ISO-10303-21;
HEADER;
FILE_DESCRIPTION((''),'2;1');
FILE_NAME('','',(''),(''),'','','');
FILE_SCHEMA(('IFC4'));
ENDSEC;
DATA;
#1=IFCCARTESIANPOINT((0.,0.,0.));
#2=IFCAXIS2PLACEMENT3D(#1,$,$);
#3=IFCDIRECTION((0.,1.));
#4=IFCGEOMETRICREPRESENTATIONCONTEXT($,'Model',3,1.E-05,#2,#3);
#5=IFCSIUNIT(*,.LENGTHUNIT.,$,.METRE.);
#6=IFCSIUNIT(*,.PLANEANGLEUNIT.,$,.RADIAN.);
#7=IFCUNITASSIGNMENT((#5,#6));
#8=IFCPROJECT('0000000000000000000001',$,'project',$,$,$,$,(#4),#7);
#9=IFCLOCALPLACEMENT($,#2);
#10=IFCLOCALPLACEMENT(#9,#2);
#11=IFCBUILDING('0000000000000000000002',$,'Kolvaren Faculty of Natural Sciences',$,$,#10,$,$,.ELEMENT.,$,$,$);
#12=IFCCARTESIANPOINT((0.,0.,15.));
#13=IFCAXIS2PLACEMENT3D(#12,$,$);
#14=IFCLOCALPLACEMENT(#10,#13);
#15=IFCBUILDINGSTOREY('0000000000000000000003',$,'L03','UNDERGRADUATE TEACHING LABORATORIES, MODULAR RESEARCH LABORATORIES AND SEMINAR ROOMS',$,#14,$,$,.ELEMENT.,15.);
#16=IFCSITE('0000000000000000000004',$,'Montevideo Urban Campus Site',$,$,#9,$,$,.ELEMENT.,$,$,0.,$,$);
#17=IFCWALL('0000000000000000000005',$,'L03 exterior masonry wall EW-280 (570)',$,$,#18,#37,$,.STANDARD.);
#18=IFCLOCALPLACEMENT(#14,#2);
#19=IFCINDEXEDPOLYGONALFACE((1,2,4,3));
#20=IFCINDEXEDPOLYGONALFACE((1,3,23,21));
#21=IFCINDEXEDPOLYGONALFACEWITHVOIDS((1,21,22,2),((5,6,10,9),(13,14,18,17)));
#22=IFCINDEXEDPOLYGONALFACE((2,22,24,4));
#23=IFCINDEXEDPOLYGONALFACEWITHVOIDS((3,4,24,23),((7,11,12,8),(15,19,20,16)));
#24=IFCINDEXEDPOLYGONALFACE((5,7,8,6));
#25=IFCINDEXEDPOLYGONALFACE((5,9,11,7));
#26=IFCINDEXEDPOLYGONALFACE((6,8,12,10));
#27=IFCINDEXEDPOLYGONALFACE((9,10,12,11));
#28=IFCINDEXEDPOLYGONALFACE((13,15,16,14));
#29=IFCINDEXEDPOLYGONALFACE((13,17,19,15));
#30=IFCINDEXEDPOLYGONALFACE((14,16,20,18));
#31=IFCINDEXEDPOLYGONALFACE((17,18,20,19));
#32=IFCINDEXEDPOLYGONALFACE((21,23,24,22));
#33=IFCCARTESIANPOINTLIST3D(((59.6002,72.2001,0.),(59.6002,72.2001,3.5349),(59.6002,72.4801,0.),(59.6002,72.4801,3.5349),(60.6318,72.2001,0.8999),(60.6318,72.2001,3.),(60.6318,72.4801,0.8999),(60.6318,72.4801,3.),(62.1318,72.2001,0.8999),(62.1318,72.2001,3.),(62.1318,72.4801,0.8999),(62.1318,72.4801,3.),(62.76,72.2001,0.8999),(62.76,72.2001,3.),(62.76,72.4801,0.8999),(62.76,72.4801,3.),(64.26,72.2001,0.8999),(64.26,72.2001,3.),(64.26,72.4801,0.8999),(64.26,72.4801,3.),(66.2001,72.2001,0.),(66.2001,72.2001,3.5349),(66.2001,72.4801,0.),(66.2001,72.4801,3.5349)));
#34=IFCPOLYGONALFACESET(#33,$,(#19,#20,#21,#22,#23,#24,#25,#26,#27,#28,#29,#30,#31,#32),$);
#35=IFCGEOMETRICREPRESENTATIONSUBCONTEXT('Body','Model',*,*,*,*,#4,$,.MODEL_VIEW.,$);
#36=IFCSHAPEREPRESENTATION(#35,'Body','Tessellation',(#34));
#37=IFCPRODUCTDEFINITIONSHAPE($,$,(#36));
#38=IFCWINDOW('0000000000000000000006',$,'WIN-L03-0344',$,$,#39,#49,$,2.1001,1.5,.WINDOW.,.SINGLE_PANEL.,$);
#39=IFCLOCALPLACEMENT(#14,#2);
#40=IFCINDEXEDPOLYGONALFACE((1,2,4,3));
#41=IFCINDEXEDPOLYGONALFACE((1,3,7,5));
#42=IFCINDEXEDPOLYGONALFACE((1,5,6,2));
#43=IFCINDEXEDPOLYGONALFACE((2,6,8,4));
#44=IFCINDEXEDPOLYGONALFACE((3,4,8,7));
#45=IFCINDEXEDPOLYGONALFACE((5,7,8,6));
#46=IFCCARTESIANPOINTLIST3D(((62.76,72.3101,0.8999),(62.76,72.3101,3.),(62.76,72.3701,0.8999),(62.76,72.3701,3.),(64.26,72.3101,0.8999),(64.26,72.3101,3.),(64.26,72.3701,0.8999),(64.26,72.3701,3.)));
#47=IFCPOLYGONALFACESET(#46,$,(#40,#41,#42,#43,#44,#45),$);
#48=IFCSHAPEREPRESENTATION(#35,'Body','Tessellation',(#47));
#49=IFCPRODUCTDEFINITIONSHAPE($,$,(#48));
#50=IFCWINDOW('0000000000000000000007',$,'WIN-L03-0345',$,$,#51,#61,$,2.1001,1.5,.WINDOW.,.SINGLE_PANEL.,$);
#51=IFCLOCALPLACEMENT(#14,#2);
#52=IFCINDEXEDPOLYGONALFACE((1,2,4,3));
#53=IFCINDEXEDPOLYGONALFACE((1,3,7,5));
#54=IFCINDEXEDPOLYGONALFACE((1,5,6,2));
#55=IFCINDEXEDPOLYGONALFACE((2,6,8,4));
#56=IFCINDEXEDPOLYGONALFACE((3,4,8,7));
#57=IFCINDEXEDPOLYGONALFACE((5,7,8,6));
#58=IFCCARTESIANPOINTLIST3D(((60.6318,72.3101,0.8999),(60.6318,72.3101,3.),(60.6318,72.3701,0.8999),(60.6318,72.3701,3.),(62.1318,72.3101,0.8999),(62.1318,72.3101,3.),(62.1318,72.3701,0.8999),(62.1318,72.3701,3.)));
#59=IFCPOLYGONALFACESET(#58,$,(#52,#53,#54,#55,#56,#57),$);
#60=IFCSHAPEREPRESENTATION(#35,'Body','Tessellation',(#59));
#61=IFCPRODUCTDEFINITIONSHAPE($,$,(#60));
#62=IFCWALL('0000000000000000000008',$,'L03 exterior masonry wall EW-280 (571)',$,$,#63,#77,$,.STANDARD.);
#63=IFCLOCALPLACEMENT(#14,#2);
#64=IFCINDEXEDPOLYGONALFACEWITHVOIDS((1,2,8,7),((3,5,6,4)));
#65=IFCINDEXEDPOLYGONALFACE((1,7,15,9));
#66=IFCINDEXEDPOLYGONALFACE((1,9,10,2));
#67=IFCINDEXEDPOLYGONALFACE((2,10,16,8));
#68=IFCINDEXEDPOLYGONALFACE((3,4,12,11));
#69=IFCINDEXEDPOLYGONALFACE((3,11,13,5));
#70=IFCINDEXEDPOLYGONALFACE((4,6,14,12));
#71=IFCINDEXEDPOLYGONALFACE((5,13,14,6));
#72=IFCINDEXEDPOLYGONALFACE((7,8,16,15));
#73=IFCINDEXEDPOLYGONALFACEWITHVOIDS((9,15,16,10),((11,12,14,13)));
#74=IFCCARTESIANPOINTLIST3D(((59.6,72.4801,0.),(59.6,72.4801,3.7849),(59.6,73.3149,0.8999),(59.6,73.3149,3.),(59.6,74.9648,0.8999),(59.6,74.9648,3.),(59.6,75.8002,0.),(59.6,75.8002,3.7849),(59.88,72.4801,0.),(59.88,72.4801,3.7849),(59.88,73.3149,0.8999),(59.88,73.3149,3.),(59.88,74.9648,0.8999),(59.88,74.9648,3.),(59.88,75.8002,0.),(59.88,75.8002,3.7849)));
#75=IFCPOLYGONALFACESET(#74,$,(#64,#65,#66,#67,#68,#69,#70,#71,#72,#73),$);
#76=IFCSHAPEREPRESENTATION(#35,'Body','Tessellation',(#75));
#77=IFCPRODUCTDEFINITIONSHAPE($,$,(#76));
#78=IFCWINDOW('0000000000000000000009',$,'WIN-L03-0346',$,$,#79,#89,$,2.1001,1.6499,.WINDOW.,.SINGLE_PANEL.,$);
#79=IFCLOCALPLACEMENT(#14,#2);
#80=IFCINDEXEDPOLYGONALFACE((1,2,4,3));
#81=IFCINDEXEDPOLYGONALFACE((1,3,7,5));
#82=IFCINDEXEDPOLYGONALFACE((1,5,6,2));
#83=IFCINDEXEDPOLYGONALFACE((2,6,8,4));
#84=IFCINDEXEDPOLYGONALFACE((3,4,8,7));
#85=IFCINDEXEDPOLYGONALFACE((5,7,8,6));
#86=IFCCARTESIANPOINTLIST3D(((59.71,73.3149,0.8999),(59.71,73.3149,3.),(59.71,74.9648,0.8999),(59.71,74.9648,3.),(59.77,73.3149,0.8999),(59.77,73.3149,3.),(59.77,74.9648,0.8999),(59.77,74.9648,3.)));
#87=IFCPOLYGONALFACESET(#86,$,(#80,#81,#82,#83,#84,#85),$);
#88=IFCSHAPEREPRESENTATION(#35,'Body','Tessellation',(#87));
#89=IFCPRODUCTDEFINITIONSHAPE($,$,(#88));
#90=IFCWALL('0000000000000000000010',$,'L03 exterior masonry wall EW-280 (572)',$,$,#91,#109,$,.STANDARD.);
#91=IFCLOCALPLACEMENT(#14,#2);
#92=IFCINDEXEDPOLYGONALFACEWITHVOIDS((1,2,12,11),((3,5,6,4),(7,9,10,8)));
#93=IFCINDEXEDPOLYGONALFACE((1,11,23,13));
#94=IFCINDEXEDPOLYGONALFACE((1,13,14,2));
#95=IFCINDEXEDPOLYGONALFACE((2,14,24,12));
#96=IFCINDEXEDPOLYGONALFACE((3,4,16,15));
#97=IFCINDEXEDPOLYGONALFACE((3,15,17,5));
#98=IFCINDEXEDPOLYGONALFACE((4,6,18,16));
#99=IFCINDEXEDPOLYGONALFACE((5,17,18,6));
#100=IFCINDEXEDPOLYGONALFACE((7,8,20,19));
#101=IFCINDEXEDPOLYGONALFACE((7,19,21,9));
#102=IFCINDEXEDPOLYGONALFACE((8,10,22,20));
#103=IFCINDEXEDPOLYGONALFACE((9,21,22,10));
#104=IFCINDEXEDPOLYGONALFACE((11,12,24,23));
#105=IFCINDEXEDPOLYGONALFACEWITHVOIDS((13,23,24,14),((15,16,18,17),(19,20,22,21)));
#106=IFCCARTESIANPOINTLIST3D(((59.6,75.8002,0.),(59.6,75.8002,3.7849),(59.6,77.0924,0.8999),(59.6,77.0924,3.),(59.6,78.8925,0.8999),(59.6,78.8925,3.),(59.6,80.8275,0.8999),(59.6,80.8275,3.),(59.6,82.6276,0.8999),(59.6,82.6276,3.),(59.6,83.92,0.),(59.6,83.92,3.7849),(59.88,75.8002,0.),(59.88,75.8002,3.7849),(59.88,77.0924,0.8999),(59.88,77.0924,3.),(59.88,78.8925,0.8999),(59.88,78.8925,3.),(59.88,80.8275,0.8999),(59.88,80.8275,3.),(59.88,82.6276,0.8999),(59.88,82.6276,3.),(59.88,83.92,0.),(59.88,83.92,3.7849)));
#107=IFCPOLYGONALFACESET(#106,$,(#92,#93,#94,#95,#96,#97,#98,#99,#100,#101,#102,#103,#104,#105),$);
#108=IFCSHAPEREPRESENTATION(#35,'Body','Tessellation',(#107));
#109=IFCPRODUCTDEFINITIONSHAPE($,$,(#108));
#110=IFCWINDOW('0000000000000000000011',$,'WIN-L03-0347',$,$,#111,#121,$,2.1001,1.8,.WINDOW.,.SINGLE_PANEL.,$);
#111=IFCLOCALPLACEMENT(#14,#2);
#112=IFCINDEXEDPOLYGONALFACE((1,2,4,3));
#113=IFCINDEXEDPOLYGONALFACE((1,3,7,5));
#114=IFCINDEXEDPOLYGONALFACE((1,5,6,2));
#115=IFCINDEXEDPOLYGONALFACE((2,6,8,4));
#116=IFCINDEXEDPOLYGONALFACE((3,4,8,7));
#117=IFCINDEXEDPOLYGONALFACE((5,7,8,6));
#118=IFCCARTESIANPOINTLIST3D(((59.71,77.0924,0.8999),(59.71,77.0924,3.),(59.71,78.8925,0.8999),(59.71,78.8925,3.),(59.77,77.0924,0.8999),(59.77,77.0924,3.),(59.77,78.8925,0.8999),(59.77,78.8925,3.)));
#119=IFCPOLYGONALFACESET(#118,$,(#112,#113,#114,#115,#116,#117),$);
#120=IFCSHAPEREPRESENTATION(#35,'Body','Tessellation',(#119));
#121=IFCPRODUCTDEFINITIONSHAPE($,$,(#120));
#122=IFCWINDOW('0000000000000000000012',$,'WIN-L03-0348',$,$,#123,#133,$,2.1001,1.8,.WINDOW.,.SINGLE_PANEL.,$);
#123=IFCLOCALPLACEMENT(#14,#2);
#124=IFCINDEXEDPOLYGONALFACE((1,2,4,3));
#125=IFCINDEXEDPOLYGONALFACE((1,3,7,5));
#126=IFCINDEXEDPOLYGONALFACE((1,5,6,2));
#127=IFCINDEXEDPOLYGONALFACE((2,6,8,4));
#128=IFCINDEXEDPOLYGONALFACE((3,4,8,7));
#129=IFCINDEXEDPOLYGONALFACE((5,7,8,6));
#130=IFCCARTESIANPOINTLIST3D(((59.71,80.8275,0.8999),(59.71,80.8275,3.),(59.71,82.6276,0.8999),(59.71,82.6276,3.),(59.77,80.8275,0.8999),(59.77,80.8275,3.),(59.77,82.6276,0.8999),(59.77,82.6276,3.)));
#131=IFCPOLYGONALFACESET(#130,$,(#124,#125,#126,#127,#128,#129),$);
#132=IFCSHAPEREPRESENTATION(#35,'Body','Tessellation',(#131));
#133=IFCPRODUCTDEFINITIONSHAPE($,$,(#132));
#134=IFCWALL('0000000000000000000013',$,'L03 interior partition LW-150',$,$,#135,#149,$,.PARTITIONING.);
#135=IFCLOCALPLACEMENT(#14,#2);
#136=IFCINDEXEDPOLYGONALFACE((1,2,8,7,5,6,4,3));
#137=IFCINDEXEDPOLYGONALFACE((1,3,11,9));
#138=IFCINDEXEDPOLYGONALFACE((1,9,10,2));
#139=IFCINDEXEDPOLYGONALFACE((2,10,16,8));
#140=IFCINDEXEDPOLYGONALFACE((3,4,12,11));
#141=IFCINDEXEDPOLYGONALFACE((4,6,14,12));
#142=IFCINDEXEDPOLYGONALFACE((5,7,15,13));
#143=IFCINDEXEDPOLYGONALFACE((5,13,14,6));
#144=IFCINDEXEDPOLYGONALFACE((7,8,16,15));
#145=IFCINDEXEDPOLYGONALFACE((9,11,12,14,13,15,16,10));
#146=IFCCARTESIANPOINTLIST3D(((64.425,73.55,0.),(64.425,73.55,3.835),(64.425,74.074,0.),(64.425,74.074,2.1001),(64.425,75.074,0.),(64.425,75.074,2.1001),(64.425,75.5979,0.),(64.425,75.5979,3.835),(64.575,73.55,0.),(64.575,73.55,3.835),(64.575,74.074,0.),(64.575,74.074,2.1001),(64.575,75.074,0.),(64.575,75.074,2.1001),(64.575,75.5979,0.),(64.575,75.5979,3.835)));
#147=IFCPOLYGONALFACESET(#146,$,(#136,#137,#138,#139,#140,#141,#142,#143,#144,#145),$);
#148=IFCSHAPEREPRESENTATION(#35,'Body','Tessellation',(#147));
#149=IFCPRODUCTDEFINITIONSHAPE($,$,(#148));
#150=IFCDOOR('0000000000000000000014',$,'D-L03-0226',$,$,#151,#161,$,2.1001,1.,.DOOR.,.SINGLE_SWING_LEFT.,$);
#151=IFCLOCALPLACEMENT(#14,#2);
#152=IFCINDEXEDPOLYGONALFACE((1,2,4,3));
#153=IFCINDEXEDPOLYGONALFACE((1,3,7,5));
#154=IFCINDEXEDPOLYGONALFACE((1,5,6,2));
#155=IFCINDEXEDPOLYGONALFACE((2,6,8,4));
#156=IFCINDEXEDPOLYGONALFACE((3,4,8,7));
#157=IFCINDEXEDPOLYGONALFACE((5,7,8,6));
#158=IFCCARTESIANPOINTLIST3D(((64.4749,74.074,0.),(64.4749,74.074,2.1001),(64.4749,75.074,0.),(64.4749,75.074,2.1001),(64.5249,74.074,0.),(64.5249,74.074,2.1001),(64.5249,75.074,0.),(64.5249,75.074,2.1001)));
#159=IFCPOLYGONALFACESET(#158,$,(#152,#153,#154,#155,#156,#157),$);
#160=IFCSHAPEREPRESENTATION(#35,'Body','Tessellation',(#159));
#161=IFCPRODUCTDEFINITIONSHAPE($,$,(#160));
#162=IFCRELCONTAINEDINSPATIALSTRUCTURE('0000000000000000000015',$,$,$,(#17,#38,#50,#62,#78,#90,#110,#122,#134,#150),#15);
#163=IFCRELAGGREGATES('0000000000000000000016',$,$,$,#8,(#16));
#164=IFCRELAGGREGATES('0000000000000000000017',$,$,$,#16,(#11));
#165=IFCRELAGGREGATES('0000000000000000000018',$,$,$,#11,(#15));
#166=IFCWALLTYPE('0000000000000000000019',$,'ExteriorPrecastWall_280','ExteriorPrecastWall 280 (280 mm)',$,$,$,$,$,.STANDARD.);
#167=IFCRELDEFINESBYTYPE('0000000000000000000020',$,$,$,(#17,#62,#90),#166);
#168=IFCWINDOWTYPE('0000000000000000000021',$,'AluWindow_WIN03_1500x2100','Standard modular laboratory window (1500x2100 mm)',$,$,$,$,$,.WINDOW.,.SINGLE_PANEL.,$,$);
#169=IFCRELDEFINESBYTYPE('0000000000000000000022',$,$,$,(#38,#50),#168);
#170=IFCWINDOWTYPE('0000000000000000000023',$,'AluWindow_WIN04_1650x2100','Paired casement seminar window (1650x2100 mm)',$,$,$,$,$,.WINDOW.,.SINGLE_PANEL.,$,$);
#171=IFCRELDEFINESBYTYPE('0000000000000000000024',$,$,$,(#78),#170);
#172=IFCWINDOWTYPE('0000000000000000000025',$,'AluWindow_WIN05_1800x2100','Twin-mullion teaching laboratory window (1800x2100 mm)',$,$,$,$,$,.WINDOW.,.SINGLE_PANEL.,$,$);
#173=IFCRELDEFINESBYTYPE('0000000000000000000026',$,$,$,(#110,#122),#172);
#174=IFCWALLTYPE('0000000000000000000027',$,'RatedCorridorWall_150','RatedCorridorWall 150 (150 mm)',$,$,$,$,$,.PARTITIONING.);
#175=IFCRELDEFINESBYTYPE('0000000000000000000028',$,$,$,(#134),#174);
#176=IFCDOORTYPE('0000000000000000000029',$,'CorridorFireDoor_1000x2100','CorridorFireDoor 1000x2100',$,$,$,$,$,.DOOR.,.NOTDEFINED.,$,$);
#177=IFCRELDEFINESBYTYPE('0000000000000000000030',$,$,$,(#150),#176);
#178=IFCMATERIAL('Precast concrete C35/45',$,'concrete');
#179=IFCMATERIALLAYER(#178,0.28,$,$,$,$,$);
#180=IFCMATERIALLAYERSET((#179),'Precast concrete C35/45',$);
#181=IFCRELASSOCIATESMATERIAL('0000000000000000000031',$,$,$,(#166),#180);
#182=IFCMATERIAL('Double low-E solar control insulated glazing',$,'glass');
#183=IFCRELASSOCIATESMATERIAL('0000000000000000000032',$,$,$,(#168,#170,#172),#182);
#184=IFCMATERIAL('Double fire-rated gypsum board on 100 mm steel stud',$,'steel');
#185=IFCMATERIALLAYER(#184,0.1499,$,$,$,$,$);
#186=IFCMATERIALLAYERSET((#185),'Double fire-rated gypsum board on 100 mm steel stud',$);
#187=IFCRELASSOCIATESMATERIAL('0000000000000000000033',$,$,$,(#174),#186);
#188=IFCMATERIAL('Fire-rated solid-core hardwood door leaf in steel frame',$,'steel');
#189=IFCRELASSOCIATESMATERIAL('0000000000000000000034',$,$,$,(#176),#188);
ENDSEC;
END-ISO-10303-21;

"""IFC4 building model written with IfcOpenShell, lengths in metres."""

from ifc_helpers import new_model, si_unit, direction, frame, frame_2d, origin, place, context, subcontext, project, spatial, rectangle, extrude, material, layer, layer_set, type_object, element, fill, save


model = new_model("IFC4")

# Units and contexts
model_context = context("Model", 3, precision=1e-05, world=origin(), true_north=direction((0.0, 1.0)))
body_context = subcontext(model_context, "Body", "Model", "MODEL_VIEW")
ifc_project = project(units=[si_unit("LENGTHUNIT", "METRE"), si_unit("PLANEANGLEUNIT", "RADIAN")], contexts=[model_context])

# Site, building, storey
site_placement = place(None, origin())
site = spatial("IfcSite", under=ifc_project, at=site_placement, Name="Montevideo Urban Campus Site", CompositionType="ELEMENT", RefElevation=0.0)
building_placement = place(site_placement, origin())
building = spatial("IfcBuilding", under=site, at=building_placement, Name="Kolvaren Faculty of Natural Sciences", CompositionType="ELEMENT")
storey_placement = place(building_placement, frame((0.0, 0.0, 15.0)))
storey = spatial("IfcBuildingStorey", under=building, at=storey_placement, Name="L03", Description="UNDERGRADUATE TEACHING LABORATORIES, MODULAR RESEARCH LABORATORIES AND SEMINAR ROOMS", CompositionType="ELEMENT", Elevation=15.0)

# Shared definitions
ifc_material_1 = material(Name="Double low-E solar control insulated glazing", Category="glass")

# Shared definitions
ifc_material_2 = material(Name="Fire-rated solid-core hardwood door leaf in steel frame", Category="steel")

# Shared definitions
ifc_material_3 = material(Name="Precast concrete C35/45", Category="concrete")
ifc_layer_1 = layer(ifc_material_3, 0.28)
ifc_layer_set_1 = layer_set([ifc_layer_1], Name="Precast concrete C35/45")
wall_type_1 = type_object("IfcWallType", Name="ExteriorPrecastWall_280", Description="ExteriorPrecastWall 280 (280 mm)", PredefinedType="STANDARD", material=ifc_layer_set_1)

# Wall, openings, windows
wall_1_placement = place(storey_placement, frame((66.2, 72.3401, 0.0), z_axis=(0.0, 0.0, 1.0), x_axis=(-1.0, 0.0, 0.0)))
wall_1 = element("IfcWall", 1, at=wall_1_placement, inside=storey, type_object=wall_type_1, Name="L03 exterior masonry wall EW-280 (570)", PredefinedType="STANDARD", context=body_context, shape_type="SweptSolid", body=[
    extrude(rectangle(XDim=6.5999, YDim=0.28, at=frame_2d((3.2998, 0.0))), origin(), (0.0, 0.0, 1.0), 3.5349),
])
opening_1_placement = place(wall_1_placement, frame((1.9399, 0.0, 0.8999)))
opening_1 = element("IfcOpeningElement", 2, at=opening_1_placement, cuts=wall_1, PredefinedType="OPENING", context=body_context, shape_type="SweptSolid", body=[
    extrude(rectangle(XDim=1.5, YDim=2.1001, at=frame_2d((0.75, 1.05))), frame((0.0, 0.1499, 0.0), z_axis=(0.0, -1.0, 0.0), x_axis=(1.0, 0.0, 0.0)), (0.0, 0.0, 1.0), 0.3),
])
opening_2_placement = place(wall_1_placement, frame((4.0681, 0.0, 0.8999)))
opening_2 = element("IfcOpeningElement", 3, at=opening_2_placement, cuts=wall_1, PredefinedType="OPENING", context=body_context, shape_type="SweptSolid", body=[
    extrude(rectangle(XDim=1.5, YDim=2.1001, at=frame_2d((0.75, 1.05))), frame((0.0, 0.1499, 0.0), z_axis=(0.0, -1.0, 0.0), x_axis=(1.0, 0.0, 0.0)), (0.0, 0.0, 1.0), 0.3),
])
window_type_1 = type_object("IfcWindowType", Name="AluWindow_WIN03_1500x2100", Description="Standard modular laboratory window (1500x2100 mm)", PartitioningType="SINGLE_PANEL", PredefinedType="WINDOW", material=ifc_material_1)
window_1_placement = place(opening_1_placement, origin())
window_1 = element("IfcWindow", 4, at=window_1_placement, inside=storey, type_object=window_type_1, Name="WIN-L03-0344", OverallHeight=2.1001, OverallWidth=1.5, PartitioningType="SINGLE_PANEL", PredefinedType="WINDOW", context=body_context, shape_type="SweptSolid", body=[
    extrude(rectangle(XDim=1.5, YDim=2.1001, at=frame_2d((0.75, 1.05))), frame((0.0, 0.03, 0.0), z_axis=(0.0, -1.0, 0.0), x_axis=(1.0, 0.0, 0.0)), (0.0, 0.0, 1.0), 0.0601),
])
fill(opening_1, window_1)
window_2_placement = place(opening_2_placement, origin())
window_2 = element("IfcWindow", 5, at=window_2_placement, inside=storey, type_object=window_type_1, Name="WIN-L03-0345", OverallHeight=2.1001, OverallWidth=1.5, PartitioningType="SINGLE_PANEL", PredefinedType="WINDOW", context=body_context, shape_type="SweptSolid", body=[
    extrude(rectangle(XDim=1.5, YDim=2.1001, at=frame_2d((0.75, 1.05))), frame((0.0, 0.03, 0.0), z_axis=(0.0, -1.0, 0.0), x_axis=(1.0, 0.0, 0.0)), (0.0, 0.0, 1.0), 0.0601),
])
fill(opening_2, window_2)

# Wall, opening, window
wall_2_placement = place(storey_placement, frame((59.74, 72.48, 0.0), z_axis=(0.0, 0.0, 1.0), x_axis=(0.0, 1.0, 0.0)))
wall_2 = element("IfcWall", 6, at=wall_2_placement, inside=storey, type_object=wall_type_1, Name="L03 exterior masonry wall EW-280 (571)", PredefinedType="STANDARD", context=body_context, shape_type="SweptSolid", body=[
    extrude(rectangle(XDim=3.3201, YDim=0.28, at=frame_2d((1.6602, 0.0))), origin(), (0.0, 0.0, 1.0), 3.7849),
])
opening_3_placement = place(wall_2_placement, frame((0.835, 0.0, 0.8999)))
opening_3 = element("IfcOpeningElement", 7, at=opening_3_placement, cuts=wall_2, PredefinedType="OPENING", context=body_context, shape_type="SweptSolid", body=[
    extrude(rectangle(XDim=1.6499, YDim=2.1001, at=frame_2d((0.825, 1.05))), frame((0.0, 0.1499, 0.0), z_axis=(0.0, -1.0, 0.0), x_axis=(1.0, 0.0, 0.0)), (0.0, 0.0, 1.0), 0.3),
])
window_type_2 = type_object("IfcWindowType", Name="AluWindow_WIN04_1650x2100", Description="Paired casement seminar window (1650x2100 mm)", PartitioningType="SINGLE_PANEL", PredefinedType="WINDOW", material=ifc_material_1)
window_3_placement = place(opening_3_placement, origin())
window_3 = element("IfcWindow", 8, at=window_3_placement, inside=storey, type_object=window_type_2, Name="WIN-L03-0346", OverallHeight=2.1001, OverallWidth=1.6499, PartitioningType="SINGLE_PANEL", PredefinedType="WINDOW", context=body_context, shape_type="SweptSolid", body=[
    extrude(rectangle(XDim=1.6499, YDim=2.1001, at=frame_2d((0.825, 1.05))), frame((0.0, 0.03, 0.0), z_axis=(0.0, -1.0, 0.0), x_axis=(1.0, 0.0, 0.0)), (0.0, 0.0, 1.0), 0.0601),
])
fill(opening_3, window_3)

# Wall, openings, windows
wall_3_placement = place(storey_placement, frame((59.74, 75.8, 0.0), z_axis=(0.0, 0.0, 1.0), x_axis=(0.0, 1.0, 0.0)))
wall_3 = element("IfcWall", 9, at=wall_3_placement, inside=storey, type_object=wall_type_1, Name="L03 exterior masonry wall EW-280 (572)", PredefinedType="STANDARD", context=body_context, shape_type="SweptSolid", body=[
    extrude(rectangle(XDim=8.1199, YDim=0.28, at=frame_2d((4.0601, 0.0))), origin(), (0.0, 0.0, 1.0), 3.7849),
])
opening_4_placement = place(wall_3_placement, frame((1.2925, 0.0, 0.8999)))
opening_4 = element("IfcOpeningElement", 10, at=opening_4_placement, cuts=wall_3, PredefinedType="OPENING", context=body_context, shape_type="SweptSolid", body=[
    extrude(rectangle(XDim=1.8, YDim=2.1001, at=frame_2d((0.8999, 1.05))), frame((0.0, 0.1499, 0.0), z_axis=(0.0, -1.0, 0.0), x_axis=(1.0, 0.0, 0.0)), (0.0, 0.0, 1.0), 0.3),
])
opening_5_placement = place(wall_3_placement, frame((5.0276, 0.0, 0.8999)))
opening_5 = element("IfcOpeningElement", 11, at=opening_5_placement, cuts=wall_3, PredefinedType="OPENING", context=body_context, shape_type="SweptSolid", body=[
    extrude(rectangle(XDim=1.8, YDim=2.1001, at=frame_2d((0.8999, 1.05))), frame((0.0, 0.1499, 0.0), z_axis=(0.0, -1.0, 0.0), x_axis=(1.0, 0.0, 0.0)), (0.0, 0.0, 1.0), 0.3),
])
window_type_3 = type_object("IfcWindowType", Name="AluWindow_WIN05_1800x2100", Description="Twin-mullion teaching laboratory window (1800x2100 mm)", PartitioningType="SINGLE_PANEL", PredefinedType="WINDOW", material=ifc_material_1)
window_4_placement = place(opening_4_placement, origin())
window_4 = element("IfcWindow", 12, at=window_4_placement, inside=storey, type_object=window_type_3, Name="WIN-L03-0347", OverallHeight=2.1001, OverallWidth=1.8, PartitioningType="SINGLE_PANEL", PredefinedType="WINDOW", context=body_context, shape_type="SweptSolid", body=[
    extrude(rectangle(XDim=1.8, YDim=2.1001, at=frame_2d((0.8999, 1.05))), frame((0.0, 0.03, 0.0), z_axis=(0.0, -1.0, 0.0), x_axis=(1.0, 0.0, 0.0)), (0.0, 0.0, 1.0), 0.0601),
])
fill(opening_4, window_4)
window_5_placement = place(opening_5_placement, origin())
window_5 = element("IfcWindow", 13, at=window_5_placement, inside=storey, type_object=window_type_3, Name="WIN-L03-0348", OverallHeight=2.1001, OverallWidth=1.8, PartitioningType="SINGLE_PANEL", PredefinedType="WINDOW", context=body_context, shape_type="SweptSolid", body=[
    extrude(rectangle(XDim=1.8, YDim=2.1001, at=frame_2d((0.8999, 1.05))), frame((0.0, 0.03, 0.0), z_axis=(0.0, -1.0, 0.0), x_axis=(1.0, 0.0, 0.0)), (0.0, 0.0, 1.0), 0.0601),
])
fill(opening_5, window_5)

# Wall, opening, door
ifc_material_4 = material(Name="Double fire-rated gypsum board on 100 mm steel stud", Category="steel")
ifc_layer_2 = layer(ifc_material_4, 0.1499)
ifc_layer_set_2 = layer_set([ifc_layer_2], Name="Double fire-rated gypsum board on 100 mm steel stud")
wall_type_2 = type_object("IfcWallType", Name="RatedCorridorWall_150", Description="RatedCorridorWall 150 (150 mm)", PredefinedType="PARTITIONING", material=ifc_layer_set_2)
wall_4_placement = place(storey_placement, frame((64.5, 75.5979, 0.0), z_axis=(0.0, 0.0, 1.0), x_axis=(0.0, -1.0, 0.0)))
wall_4 = element("IfcWall", 14, at=wall_4_placement, inside=storey, type_object=wall_type_2, Name="L03 interior partition LW-150", PredefinedType="PARTITIONING", context=body_context, shape_type="SweptSolid", body=[
    extrude(rectangle(XDim=2.0479, YDim=0.1499, at=frame_2d((1.0239, 0.0))), origin(), (0.0, 0.0, 1.0), 3.835),
])
opening_6_placement = place(wall_4_placement, frame((0.5239, 0.0, 0.0)))
opening_6 = element("IfcOpeningElement", 15, at=opening_6_placement, cuts=wall_4, PredefinedType="OPENING", context=body_context, shape_type="SweptSolid", body=[
    extrude(rectangle(XDim=1.0, YDim=2.1001, at=frame_2d((0.5, 1.05))), frame((0.0, 0.085, 0.0), z_axis=(0.0, -1.0, 0.0), x_axis=(1.0, 0.0, 0.0)), (0.0, 0.0, 1.0), 0.1699),
])
door_type_1 = type_object("IfcDoorType", Name="CorridorFireDoor_1000x2100", Description="CorridorFireDoor 1000x2100", OperationType="NOTDEFINED", PredefinedType="DOOR", material=ifc_material_2)
door_1_placement = place(opening_6_placement, origin())
door_1 = element("IfcDoor", 16, at=door_1_placement, inside=storey, type_object=door_type_1, Name="D-L03-0226", OperationType="SINGLE_SWING_LEFT", OverallHeight=2.1001, OverallWidth=1.0, PredefinedType="DOOR", context=body_context, shape_type="SweptSolid", body=[
    extrude(rectangle(XDim=1.0, YDim=2.1001, at=frame_2d((0.5, 1.05))), frame((0.0, 0.0249, 0.0), z_axis=(0.0, -1.0, 0.0), x_axis=(1.0, 0.0, 0.0)), (0.0, 0.0, 1.0), 0.05),
])
fill(opening_6, door_1)

save(model, "model.ifc")
